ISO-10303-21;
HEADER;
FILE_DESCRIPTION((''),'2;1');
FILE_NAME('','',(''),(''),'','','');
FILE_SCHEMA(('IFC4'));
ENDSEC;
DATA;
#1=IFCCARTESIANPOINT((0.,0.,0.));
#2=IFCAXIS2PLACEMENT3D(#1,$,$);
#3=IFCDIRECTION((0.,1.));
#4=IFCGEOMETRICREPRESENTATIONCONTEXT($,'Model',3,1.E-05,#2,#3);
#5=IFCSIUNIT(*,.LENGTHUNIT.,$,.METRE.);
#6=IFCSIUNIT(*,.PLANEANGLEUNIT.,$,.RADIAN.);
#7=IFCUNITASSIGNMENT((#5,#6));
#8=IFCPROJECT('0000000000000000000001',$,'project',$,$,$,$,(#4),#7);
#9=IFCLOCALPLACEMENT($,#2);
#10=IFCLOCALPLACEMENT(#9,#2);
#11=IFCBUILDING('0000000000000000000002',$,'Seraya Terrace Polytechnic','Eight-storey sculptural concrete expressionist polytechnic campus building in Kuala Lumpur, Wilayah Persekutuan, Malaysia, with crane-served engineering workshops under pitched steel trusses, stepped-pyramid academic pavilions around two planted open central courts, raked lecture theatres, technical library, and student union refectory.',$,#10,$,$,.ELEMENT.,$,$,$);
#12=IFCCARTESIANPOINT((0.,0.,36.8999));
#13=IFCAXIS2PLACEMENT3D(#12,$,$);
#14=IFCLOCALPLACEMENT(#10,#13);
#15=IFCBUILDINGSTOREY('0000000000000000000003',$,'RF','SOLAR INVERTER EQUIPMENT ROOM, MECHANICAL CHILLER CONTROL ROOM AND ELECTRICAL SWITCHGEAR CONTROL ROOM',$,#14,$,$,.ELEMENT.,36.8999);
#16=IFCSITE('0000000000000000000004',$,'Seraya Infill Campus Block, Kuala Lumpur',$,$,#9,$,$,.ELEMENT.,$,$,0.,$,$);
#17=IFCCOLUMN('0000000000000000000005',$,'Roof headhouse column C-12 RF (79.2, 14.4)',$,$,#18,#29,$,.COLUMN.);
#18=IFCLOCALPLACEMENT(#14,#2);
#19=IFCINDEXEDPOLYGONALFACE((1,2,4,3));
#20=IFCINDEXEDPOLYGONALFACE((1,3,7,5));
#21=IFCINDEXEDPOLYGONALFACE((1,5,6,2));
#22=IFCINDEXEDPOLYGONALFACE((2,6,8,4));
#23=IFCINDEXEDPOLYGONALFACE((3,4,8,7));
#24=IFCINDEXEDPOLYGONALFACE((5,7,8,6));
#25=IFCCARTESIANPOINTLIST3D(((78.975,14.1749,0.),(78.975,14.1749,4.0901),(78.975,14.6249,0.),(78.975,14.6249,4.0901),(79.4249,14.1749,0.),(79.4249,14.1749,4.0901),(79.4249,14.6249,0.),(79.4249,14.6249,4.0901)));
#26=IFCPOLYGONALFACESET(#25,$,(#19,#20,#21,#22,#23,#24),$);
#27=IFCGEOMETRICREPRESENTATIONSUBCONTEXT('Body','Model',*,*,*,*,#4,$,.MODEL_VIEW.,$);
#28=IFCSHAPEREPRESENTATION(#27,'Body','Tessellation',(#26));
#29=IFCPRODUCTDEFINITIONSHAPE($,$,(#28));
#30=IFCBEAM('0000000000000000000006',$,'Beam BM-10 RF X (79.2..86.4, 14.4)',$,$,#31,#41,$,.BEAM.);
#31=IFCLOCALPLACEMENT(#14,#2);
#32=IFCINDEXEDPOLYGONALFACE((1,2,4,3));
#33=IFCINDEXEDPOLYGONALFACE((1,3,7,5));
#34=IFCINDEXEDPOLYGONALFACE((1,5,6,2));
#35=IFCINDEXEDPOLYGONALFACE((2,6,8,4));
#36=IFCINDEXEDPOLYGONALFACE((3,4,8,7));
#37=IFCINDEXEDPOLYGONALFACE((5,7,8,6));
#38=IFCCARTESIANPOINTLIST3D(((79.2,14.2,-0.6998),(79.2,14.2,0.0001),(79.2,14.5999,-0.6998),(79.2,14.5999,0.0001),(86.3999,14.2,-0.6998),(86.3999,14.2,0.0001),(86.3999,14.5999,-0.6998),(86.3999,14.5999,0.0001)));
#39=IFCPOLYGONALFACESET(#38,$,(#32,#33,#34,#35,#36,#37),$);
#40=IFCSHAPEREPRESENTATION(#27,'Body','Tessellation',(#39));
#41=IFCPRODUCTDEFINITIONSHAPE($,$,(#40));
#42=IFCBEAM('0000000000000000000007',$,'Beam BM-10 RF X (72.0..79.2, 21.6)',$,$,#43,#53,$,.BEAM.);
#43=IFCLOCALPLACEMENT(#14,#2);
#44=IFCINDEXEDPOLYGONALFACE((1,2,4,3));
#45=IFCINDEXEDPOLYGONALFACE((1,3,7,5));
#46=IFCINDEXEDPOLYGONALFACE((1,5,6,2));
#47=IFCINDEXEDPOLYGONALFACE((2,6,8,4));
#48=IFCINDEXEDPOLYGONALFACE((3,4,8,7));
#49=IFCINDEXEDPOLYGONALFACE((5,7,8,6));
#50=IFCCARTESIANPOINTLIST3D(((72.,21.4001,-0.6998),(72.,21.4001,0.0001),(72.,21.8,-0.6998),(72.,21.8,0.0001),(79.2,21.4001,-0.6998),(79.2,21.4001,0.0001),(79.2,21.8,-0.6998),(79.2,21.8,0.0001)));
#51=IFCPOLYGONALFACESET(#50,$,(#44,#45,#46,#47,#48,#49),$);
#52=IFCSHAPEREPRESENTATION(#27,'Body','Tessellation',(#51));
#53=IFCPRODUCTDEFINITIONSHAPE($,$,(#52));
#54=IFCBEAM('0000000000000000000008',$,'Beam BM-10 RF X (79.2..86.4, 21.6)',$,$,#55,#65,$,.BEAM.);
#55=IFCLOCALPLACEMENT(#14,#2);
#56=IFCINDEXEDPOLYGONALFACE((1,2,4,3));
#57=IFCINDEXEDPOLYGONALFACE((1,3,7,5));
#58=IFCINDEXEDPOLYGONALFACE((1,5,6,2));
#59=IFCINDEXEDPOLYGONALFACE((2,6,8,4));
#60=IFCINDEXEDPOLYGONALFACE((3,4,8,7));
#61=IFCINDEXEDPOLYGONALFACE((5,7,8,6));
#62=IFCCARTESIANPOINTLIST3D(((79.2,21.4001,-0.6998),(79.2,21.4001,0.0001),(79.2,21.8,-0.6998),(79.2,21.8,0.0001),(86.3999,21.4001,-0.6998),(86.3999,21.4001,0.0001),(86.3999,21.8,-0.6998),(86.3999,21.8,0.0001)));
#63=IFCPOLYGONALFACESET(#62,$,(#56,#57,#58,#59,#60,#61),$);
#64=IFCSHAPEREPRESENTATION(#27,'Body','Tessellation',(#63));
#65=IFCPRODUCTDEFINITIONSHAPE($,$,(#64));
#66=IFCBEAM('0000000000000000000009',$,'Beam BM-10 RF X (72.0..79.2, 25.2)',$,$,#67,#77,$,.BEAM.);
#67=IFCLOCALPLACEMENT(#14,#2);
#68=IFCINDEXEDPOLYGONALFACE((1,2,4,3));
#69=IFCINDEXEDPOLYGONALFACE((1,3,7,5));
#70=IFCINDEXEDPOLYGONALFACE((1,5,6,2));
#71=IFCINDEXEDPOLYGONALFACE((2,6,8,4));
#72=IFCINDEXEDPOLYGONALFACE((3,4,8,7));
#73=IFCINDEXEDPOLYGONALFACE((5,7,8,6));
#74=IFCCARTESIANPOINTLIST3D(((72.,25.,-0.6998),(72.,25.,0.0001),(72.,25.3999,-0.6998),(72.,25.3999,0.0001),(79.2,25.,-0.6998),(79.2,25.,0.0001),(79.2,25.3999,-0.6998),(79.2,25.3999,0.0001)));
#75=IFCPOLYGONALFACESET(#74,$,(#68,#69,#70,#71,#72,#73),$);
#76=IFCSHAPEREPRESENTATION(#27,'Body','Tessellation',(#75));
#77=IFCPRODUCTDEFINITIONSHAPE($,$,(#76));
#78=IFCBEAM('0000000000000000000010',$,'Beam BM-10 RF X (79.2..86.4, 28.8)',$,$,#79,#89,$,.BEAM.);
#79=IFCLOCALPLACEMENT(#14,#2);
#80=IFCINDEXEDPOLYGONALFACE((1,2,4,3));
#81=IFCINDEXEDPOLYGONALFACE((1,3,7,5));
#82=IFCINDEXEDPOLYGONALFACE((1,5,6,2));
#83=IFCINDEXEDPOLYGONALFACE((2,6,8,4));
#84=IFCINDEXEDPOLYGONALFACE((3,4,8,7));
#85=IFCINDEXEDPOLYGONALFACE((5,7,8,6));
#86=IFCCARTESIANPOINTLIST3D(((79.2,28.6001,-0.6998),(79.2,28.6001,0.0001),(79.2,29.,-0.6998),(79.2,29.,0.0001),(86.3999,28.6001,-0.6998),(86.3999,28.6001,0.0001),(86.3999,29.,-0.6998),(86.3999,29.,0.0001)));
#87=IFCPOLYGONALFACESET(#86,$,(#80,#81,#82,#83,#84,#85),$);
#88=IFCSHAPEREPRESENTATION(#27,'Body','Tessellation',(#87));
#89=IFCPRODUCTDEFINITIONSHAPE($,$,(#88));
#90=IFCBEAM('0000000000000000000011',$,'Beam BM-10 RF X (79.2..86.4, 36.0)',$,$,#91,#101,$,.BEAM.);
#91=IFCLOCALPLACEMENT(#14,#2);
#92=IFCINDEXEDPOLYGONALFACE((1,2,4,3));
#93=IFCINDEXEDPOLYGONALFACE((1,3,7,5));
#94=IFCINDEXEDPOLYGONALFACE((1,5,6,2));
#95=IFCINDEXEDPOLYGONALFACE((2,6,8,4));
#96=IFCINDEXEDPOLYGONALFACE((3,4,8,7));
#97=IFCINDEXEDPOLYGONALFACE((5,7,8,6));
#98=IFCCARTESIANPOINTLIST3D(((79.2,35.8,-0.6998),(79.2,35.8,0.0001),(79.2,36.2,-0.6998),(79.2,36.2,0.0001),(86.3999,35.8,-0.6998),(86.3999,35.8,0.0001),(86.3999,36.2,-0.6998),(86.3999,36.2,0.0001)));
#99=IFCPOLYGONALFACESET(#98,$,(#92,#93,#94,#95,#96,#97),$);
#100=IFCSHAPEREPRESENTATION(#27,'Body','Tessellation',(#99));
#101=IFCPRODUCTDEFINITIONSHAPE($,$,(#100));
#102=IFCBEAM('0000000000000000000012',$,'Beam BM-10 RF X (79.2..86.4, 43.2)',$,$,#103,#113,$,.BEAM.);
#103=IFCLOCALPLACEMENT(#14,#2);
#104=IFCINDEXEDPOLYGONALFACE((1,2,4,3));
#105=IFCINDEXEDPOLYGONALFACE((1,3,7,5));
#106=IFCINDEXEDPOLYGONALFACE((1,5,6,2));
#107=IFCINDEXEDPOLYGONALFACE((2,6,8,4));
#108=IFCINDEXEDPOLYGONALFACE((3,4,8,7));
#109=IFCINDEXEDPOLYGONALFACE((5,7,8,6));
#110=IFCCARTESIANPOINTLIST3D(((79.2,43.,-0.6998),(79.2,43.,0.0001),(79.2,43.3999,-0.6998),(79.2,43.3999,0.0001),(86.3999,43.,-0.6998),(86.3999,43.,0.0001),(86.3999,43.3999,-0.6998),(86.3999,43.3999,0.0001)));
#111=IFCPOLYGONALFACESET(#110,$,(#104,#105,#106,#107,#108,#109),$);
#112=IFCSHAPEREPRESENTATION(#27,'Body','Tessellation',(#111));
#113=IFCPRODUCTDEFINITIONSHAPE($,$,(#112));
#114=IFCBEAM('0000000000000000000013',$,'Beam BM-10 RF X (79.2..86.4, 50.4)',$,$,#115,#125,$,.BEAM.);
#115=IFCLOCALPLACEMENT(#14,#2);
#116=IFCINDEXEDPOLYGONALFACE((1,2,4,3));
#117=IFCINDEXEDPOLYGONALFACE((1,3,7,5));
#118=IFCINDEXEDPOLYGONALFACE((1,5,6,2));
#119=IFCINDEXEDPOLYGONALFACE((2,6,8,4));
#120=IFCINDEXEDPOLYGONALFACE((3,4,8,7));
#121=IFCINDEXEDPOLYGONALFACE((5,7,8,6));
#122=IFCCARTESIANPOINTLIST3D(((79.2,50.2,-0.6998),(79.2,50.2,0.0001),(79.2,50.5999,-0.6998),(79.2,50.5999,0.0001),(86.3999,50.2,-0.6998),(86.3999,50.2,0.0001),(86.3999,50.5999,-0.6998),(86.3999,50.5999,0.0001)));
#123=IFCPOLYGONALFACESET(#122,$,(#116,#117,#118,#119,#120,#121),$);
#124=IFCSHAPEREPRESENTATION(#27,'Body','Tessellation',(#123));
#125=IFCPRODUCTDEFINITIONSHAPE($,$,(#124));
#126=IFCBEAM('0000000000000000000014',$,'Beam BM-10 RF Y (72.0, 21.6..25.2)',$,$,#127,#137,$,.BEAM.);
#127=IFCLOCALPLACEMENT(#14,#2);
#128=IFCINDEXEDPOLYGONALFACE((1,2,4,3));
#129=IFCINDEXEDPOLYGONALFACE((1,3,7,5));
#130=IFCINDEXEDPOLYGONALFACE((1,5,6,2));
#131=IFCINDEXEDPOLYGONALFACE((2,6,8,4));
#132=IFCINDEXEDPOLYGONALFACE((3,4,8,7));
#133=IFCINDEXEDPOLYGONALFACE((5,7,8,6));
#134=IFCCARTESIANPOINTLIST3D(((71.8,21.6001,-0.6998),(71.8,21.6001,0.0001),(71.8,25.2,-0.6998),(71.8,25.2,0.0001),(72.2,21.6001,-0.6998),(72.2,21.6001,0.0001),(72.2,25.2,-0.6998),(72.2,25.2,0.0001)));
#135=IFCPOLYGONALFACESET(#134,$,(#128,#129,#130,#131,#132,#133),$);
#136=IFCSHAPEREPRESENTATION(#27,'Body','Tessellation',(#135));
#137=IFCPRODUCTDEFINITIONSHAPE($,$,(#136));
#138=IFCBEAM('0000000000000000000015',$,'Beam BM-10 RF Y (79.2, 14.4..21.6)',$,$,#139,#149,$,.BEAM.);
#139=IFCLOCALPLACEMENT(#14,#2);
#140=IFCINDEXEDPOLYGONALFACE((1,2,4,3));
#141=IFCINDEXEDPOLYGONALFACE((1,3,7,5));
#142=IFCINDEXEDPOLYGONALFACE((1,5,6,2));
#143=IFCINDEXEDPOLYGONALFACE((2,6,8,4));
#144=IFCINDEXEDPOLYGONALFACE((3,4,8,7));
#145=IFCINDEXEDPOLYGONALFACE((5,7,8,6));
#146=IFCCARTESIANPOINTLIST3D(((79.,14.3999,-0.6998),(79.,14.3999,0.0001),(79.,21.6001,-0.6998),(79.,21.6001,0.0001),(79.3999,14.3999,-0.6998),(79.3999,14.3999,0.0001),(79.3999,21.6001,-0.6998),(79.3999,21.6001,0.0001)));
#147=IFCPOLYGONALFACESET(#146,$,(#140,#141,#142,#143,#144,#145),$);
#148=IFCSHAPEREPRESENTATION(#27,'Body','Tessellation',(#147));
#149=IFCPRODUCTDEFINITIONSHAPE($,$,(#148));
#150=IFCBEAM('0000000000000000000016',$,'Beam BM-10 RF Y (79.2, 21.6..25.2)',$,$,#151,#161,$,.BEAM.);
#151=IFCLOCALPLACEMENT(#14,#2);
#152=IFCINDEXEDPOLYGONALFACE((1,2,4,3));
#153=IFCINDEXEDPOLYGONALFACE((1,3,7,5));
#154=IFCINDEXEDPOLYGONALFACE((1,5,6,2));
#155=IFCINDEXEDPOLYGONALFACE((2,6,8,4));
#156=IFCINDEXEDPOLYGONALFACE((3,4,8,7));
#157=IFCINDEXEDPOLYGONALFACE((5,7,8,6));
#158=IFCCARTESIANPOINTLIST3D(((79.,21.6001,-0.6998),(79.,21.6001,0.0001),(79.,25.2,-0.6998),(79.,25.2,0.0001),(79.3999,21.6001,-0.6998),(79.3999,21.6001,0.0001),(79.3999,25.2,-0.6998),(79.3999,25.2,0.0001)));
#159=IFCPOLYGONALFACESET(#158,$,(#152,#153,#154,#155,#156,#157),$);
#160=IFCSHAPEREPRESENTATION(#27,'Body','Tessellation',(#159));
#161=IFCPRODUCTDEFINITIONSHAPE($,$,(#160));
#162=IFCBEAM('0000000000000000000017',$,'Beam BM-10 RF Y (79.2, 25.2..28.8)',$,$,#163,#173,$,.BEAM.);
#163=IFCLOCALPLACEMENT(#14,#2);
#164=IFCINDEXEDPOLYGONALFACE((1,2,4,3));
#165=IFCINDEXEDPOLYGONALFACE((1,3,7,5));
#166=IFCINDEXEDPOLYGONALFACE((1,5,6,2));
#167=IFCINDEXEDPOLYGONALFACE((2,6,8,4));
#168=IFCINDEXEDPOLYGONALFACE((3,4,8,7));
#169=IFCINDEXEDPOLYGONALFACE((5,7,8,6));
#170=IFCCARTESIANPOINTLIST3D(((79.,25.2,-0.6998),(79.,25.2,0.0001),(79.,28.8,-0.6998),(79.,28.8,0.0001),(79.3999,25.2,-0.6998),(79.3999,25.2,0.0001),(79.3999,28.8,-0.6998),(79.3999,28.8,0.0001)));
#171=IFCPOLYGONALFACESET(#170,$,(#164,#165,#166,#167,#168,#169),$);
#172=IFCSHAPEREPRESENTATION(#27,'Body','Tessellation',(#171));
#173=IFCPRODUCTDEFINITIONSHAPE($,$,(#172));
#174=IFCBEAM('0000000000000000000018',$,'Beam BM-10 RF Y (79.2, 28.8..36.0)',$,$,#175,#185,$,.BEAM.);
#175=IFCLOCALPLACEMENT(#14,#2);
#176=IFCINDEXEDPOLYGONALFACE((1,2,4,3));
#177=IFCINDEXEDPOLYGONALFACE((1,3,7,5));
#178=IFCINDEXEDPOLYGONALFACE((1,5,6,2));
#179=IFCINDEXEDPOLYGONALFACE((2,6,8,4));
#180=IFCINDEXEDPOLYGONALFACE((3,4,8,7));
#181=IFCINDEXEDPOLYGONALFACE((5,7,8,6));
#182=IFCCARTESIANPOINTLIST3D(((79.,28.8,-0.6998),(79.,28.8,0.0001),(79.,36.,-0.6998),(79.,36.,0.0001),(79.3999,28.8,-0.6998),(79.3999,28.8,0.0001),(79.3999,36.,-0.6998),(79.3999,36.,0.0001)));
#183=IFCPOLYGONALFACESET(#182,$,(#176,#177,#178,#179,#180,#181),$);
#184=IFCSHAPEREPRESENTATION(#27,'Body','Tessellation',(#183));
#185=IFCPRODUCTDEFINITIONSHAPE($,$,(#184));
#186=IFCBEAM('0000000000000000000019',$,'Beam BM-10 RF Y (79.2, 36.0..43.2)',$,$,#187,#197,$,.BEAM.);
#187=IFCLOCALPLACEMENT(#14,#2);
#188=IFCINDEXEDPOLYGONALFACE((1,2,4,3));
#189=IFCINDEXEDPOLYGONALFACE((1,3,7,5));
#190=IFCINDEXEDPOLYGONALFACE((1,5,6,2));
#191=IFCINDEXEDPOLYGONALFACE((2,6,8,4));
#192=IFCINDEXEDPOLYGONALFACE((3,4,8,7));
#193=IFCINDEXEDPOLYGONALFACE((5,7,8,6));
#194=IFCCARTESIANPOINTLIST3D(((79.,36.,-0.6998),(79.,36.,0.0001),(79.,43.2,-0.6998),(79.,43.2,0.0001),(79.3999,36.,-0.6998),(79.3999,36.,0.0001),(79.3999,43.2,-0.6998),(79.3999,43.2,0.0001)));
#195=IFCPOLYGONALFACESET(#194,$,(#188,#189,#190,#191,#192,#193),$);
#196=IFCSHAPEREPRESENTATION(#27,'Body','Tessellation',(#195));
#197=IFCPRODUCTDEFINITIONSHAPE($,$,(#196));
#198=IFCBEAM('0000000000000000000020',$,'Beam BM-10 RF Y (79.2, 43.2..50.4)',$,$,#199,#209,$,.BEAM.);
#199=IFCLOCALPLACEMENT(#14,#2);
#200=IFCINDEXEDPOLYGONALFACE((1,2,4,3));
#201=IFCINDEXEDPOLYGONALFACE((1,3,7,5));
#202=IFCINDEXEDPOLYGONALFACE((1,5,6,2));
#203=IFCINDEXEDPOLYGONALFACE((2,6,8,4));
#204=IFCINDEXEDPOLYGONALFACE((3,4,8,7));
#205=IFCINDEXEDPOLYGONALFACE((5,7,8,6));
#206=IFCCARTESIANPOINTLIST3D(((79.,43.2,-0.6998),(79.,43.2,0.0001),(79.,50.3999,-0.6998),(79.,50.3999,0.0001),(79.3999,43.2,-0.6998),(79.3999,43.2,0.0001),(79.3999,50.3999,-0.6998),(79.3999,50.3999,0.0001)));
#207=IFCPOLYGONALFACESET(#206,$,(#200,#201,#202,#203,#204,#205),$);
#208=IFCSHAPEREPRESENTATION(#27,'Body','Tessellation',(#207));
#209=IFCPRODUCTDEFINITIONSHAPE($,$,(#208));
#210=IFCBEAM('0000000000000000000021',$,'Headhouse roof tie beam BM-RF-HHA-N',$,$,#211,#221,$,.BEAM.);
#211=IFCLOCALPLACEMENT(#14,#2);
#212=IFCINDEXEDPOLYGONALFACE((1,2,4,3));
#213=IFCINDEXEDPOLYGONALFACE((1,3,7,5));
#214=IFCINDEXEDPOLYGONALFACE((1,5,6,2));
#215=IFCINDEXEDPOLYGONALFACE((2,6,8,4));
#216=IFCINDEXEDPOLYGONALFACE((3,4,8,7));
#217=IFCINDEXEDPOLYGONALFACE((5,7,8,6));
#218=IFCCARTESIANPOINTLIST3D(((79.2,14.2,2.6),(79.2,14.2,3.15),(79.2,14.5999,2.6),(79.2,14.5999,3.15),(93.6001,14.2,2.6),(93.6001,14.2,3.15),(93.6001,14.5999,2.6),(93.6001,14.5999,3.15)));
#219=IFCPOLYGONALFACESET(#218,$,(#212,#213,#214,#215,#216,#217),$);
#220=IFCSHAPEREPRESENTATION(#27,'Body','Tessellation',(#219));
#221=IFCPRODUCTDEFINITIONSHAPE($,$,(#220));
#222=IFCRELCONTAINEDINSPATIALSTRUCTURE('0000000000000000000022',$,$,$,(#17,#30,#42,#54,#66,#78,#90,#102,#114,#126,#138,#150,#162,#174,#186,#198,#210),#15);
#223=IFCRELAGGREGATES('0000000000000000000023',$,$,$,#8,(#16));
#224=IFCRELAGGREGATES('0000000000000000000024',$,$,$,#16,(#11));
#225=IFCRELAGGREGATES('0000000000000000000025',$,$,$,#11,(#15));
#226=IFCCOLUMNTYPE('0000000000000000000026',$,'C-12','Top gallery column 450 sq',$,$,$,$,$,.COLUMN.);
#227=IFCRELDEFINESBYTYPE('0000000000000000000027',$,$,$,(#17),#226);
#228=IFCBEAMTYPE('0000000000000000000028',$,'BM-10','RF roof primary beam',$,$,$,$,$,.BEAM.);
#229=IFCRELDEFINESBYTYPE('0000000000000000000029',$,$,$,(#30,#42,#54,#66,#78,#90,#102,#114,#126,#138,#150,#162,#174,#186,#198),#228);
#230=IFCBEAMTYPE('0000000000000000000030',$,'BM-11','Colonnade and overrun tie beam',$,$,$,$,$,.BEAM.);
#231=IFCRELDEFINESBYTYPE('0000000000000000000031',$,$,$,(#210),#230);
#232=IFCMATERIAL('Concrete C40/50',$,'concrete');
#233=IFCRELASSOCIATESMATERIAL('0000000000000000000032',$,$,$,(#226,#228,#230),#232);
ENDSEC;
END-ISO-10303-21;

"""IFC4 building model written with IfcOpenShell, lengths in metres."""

from ifc_helpers import new_model, si_unit, direction, frame, origin, origin_2d, place, context, subcontext, project, spatial, rectangle, extrude, material, material_profile, profile_set, type_object, element, save


model = new_model("IFC4")

# Units and contexts
model_context = context("Model", 3, precision=1e-05, world=origin(), true_north=direction((0.0, 1.0)))
body_context = subcontext(model_context, "Body", "Model", "MODEL_VIEW")
ifc_project = project(units=[si_unit("LENGTHUNIT", "METRE"), si_unit("PLANEANGLEUNIT", "RADIAN")], contexts=[model_context])

# Site, building, storey
site_placement = place(None, origin())
site = spatial("IfcSite", under=ifc_project, at=site_placement, Name="Seraya Infill Campus Block, Kuala Lumpur", CompositionType="ELEMENT", RefElevation=0.0)
building_placement = place(site_placement, origin())
building = spatial("IfcBuilding", under=site, at=building_placement, Name="Seraya Terrace Polytechnic", Description="Eight-storey sculptural concrete expressionist polytechnic campus building in Kuala Lumpur, Wilayah Persekutuan, Malaysia, with crane-served engineering workshops under pitched steel trusses, stepped-pyramid academic pavilions around two planted open central courts, raked lecture theatres, technical library, and student union refectory.", CompositionType="ELEMENT")
storey_placement = place(building_placement, frame((0.0, 0.0, 36.8999)))
storey = spatial("IfcBuildingStorey", under=building, at=storey_placement, Name="RF", Description="SOLAR INVERTER EQUIPMENT ROOM, MECHANICAL CHILLER CONTROL ROOM AND ELECTRICAL SWITCHGEAR CONTROL ROOM", CompositionType="ELEMENT", Elevation=36.8999)

# Column
ifc_material_1 = material(Name="Concrete C40/50", Category="concrete")
ifc_material_profile_1 = material_profile(ifc_material_1, rectangle(XDim=0.45, YDim=0.45, at=origin_2d()), Name="RC 450x450")
ifc_profile_set_1 = profile_set([ifc_material_profile_1], Name="Concrete C40/50")
column_type = type_object("IfcColumnType", Name="C-12", Description="Top gallery column 450 sq", PredefinedType="COLUMN", material=ifc_profile_set_1)
column_placement = place(storey_placement, frame((79.2, 14.3999, 0.0), z_axis=(0.0, 0.0, 1.0), x_axis=(1.0, 0.0, 0.0)))
element("IfcColumn", 1, at=column_placement, inside=storey, type_object=column_type, Name="Roof headhouse column C-12 RF (79.2, 14.4)", PredefinedType="COLUMN", context=body_context, shape_type="SweptSolid", body=[
    extrude(rectangle(XDim=0.45, YDim=0.45, at=origin_2d()), origin(), (0.0, 0.0, 1.0), 4.0901),
])

# Beams
ifc_material_profile_2 = material_profile(ifc_material_1, rectangle(XDim=0.3999, YDim=0.7, at=origin_2d()), Name="RC 400x700")
ifc_profile_set_2 = profile_set([ifc_material_profile_2], Name="Concrete C40/50")
beam_type_1 = type_object("IfcBeamType", Name="BM-10", Description="RF roof primary beam", PredefinedType="BEAM", material=ifc_profile_set_2)
for number, where, z_axis, x_axis, name in (
    (2, (79.2, 14.3999, -0.3499), (1.0, 0.0, 0.0), (0.0, 1.0, 0.0), "Beam BM-10 RF X (79.2..86.4, 14.4)"),
    (3, (72.0, 21.6001, -0.3499), (1.0, 0.0, 0.0), (0.0, 1.0, 0.0), "Beam BM-10 RF X (72.0..79.2, 21.6)"),
    (4, (79.2, 21.6001, -0.3499), (1.0, 0.0, 0.0), (0.0, 1.0, 0.0), "Beam BM-10 RF X (79.2..86.4, 21.6)"),
    (5, (72.0, 25.2, -0.3499), (1.0, 0.0, 0.0), (0.0, 1.0, 0.0), "Beam BM-10 RF X (72.0..79.2, 25.2)"),
    (6, (79.2, 28.8, -0.3499), (1.0, 0.0, 0.0), (0.0, 1.0, 0.0), "Beam BM-10 RF X (79.2..86.4, 28.8)"),
    (7, (79.2, 36.0, -0.3499), (1.0, 0.0, 0.0), (0.0, 1.0, 0.0), "Beam BM-10 RF X (79.2..86.4, 36.0)"),
    (8, (79.2, 43.2, -0.3499), (1.0, 0.0, 0.0), (0.0, 1.0, 0.0), "Beam BM-10 RF X (79.2..86.4, 43.2)"),
    (9, (79.2, 50.3999, -0.3499), (1.0, 0.0, 0.0), (0.0, 1.0, 0.0), "Beam BM-10 RF X (79.2..86.4, 50.4)"),
):
    element("IfcBeam", number, at=place(storey_placement, frame(where, z_axis=z_axis, x_axis=x_axis)), inside=storey, type_object=beam_type_1, Name=name, PredefinedType="BEAM", context=body_context, shape_type="SweptSolid", body=[
        extrude(rectangle(XDim=0.3999, YDim=0.7, at=origin_2d()), origin(), (0.0, 0.0, 1.0), 7.2),
    ])
beam_1_placement = place(storey_placement, frame((72.0, 21.6001, -0.3499), z_axis=(0.0, 1.0, 0.0), x_axis=(-1.0, 0.0, 0.0)))
element("IfcBeam", 10, at=beam_1_placement, inside=storey, type_object=beam_type_1, Name="Beam BM-10 RF Y (72.0, 21.6..25.2)", PredefinedType="BEAM", context=body_context, shape_type="SweptSolid", body=[
    extrude(rectangle(XDim=0.3999, YDim=0.7, at=origin_2d()), origin(), (0.0, 0.0, 1.0), 3.5999),
])
beam_2_placement = place(storey_placement, frame((79.2, 14.3999, -0.3499), z_axis=(0.0, 1.0, 0.0), x_axis=(-1.0, 0.0, 0.0)))
element("IfcBeam", 11, at=beam_2_placement, inside=storey, type_object=beam_type_1, Name="Beam BM-10 RF Y (79.2, 14.4..21.6)", PredefinedType="BEAM", context=body_context, shape_type="SweptSolid", body=[
    extrude(rectangle(XDim=0.3999, YDim=0.7, at=origin_2d()), origin(), (0.0, 0.0, 1.0), 7.2002),
])
beam_3_placement = place(storey_placement, frame((79.2, 21.6001, -0.3499), z_axis=(0.0, 1.0, 0.0), x_axis=(-1.0, 0.0, 0.0)))
element("IfcBeam", 12, at=beam_3_placement, inside=storey, type_object=beam_type_1, Name="Beam BM-10 RF Y (79.2, 21.6..25.2)", PredefinedType="BEAM", context=body_context, shape_type="SweptSolid", body=[
    extrude(rectangle(XDim=0.3999, YDim=0.7, at=origin_2d()), origin(), (0.0, 0.0, 1.0), 3.5999),
])
beam_4_placement = place(storey_placement, frame((79.2, 25.2, -0.3499), z_axis=(0.0, 1.0, 0.0), x_axis=(-1.0, 0.0, 0.0)))
element("IfcBeam", 13, at=beam_4_placement, inside=storey, type_object=beam_type_1, Name="Beam BM-10 RF Y (79.2, 25.2..28.8)", PredefinedType="BEAM", context=body_context, shape_type="SweptSolid", body=[
    extrude(rectangle(XDim=0.3999, YDim=0.7, at=origin_2d()), origin(), (0.0, 0.0, 1.0), 3.6001),
])
for number, where, z_axis, x_axis, name in (
    (14, (79.2, 28.8, -0.3499), (0.0, 1.0, 0.0), (-1.0, 0.0, 0.0), "Beam BM-10 RF Y (79.2, 28.8..36.0)"),
    (15, (79.2, 36.0, -0.3499), (0.0, 1.0, 0.0), (-1.0, 0.0, 0.0), "Beam BM-10 RF Y (79.2, 36.0..43.2)"),
    (16, (79.2, 43.2, -0.3499), (0.0, 1.0, 0.0), (-1.0, 0.0, 0.0), "Beam BM-10 RF Y (79.2, 43.2..50.4)"),
):
    element("IfcBeam", number, at=place(storey_placement, frame(where, z_axis=z_axis, x_axis=x_axis)), inside=storey, type_object=beam_type_1, Name=name, PredefinedType="BEAM", context=body_context, shape_type="SweptSolid", body=[
        extrude(rectangle(XDim=0.3999, YDim=0.7, at=origin_2d()), origin(), (0.0, 0.0, 1.0), 7.2),
    ])
ifc_material_profile_3 = material_profile(ifc_material_1, rectangle(XDim=0.3999, YDim=0.55, at=origin_2d()), Name="RC 400x550")
ifc_profile_set_3 = profile_set([ifc_material_profile_3], Name="Concrete C40/50")
beam_type_2 = type_object("IfcBeamType", Name="BM-11", Description="Colonnade and overrun tie beam", PredefinedType="BEAM", material=ifc_profile_set_3)
beam_5_placement = place(storey_placement, frame((79.2, 14.3999, 2.875), z_axis=(1.0, 0.0, 0.0), x_axis=(0.0, 1.0, 0.0)))
element("IfcBeam", 17, at=beam_5_placement, inside=storey, type_object=beam_type_2, Name="Headhouse roof tie beam BM-RF-HHA-N", PredefinedType="BEAM", context=body_context, shape_type="SweptSolid", body=[
    extrude(rectangle(XDim=0.3999, YDim=0.55, at=origin_2d()), origin(), (0.0, 0.0, 1.0), 14.4001),
])

save(model, "model.ifc")
